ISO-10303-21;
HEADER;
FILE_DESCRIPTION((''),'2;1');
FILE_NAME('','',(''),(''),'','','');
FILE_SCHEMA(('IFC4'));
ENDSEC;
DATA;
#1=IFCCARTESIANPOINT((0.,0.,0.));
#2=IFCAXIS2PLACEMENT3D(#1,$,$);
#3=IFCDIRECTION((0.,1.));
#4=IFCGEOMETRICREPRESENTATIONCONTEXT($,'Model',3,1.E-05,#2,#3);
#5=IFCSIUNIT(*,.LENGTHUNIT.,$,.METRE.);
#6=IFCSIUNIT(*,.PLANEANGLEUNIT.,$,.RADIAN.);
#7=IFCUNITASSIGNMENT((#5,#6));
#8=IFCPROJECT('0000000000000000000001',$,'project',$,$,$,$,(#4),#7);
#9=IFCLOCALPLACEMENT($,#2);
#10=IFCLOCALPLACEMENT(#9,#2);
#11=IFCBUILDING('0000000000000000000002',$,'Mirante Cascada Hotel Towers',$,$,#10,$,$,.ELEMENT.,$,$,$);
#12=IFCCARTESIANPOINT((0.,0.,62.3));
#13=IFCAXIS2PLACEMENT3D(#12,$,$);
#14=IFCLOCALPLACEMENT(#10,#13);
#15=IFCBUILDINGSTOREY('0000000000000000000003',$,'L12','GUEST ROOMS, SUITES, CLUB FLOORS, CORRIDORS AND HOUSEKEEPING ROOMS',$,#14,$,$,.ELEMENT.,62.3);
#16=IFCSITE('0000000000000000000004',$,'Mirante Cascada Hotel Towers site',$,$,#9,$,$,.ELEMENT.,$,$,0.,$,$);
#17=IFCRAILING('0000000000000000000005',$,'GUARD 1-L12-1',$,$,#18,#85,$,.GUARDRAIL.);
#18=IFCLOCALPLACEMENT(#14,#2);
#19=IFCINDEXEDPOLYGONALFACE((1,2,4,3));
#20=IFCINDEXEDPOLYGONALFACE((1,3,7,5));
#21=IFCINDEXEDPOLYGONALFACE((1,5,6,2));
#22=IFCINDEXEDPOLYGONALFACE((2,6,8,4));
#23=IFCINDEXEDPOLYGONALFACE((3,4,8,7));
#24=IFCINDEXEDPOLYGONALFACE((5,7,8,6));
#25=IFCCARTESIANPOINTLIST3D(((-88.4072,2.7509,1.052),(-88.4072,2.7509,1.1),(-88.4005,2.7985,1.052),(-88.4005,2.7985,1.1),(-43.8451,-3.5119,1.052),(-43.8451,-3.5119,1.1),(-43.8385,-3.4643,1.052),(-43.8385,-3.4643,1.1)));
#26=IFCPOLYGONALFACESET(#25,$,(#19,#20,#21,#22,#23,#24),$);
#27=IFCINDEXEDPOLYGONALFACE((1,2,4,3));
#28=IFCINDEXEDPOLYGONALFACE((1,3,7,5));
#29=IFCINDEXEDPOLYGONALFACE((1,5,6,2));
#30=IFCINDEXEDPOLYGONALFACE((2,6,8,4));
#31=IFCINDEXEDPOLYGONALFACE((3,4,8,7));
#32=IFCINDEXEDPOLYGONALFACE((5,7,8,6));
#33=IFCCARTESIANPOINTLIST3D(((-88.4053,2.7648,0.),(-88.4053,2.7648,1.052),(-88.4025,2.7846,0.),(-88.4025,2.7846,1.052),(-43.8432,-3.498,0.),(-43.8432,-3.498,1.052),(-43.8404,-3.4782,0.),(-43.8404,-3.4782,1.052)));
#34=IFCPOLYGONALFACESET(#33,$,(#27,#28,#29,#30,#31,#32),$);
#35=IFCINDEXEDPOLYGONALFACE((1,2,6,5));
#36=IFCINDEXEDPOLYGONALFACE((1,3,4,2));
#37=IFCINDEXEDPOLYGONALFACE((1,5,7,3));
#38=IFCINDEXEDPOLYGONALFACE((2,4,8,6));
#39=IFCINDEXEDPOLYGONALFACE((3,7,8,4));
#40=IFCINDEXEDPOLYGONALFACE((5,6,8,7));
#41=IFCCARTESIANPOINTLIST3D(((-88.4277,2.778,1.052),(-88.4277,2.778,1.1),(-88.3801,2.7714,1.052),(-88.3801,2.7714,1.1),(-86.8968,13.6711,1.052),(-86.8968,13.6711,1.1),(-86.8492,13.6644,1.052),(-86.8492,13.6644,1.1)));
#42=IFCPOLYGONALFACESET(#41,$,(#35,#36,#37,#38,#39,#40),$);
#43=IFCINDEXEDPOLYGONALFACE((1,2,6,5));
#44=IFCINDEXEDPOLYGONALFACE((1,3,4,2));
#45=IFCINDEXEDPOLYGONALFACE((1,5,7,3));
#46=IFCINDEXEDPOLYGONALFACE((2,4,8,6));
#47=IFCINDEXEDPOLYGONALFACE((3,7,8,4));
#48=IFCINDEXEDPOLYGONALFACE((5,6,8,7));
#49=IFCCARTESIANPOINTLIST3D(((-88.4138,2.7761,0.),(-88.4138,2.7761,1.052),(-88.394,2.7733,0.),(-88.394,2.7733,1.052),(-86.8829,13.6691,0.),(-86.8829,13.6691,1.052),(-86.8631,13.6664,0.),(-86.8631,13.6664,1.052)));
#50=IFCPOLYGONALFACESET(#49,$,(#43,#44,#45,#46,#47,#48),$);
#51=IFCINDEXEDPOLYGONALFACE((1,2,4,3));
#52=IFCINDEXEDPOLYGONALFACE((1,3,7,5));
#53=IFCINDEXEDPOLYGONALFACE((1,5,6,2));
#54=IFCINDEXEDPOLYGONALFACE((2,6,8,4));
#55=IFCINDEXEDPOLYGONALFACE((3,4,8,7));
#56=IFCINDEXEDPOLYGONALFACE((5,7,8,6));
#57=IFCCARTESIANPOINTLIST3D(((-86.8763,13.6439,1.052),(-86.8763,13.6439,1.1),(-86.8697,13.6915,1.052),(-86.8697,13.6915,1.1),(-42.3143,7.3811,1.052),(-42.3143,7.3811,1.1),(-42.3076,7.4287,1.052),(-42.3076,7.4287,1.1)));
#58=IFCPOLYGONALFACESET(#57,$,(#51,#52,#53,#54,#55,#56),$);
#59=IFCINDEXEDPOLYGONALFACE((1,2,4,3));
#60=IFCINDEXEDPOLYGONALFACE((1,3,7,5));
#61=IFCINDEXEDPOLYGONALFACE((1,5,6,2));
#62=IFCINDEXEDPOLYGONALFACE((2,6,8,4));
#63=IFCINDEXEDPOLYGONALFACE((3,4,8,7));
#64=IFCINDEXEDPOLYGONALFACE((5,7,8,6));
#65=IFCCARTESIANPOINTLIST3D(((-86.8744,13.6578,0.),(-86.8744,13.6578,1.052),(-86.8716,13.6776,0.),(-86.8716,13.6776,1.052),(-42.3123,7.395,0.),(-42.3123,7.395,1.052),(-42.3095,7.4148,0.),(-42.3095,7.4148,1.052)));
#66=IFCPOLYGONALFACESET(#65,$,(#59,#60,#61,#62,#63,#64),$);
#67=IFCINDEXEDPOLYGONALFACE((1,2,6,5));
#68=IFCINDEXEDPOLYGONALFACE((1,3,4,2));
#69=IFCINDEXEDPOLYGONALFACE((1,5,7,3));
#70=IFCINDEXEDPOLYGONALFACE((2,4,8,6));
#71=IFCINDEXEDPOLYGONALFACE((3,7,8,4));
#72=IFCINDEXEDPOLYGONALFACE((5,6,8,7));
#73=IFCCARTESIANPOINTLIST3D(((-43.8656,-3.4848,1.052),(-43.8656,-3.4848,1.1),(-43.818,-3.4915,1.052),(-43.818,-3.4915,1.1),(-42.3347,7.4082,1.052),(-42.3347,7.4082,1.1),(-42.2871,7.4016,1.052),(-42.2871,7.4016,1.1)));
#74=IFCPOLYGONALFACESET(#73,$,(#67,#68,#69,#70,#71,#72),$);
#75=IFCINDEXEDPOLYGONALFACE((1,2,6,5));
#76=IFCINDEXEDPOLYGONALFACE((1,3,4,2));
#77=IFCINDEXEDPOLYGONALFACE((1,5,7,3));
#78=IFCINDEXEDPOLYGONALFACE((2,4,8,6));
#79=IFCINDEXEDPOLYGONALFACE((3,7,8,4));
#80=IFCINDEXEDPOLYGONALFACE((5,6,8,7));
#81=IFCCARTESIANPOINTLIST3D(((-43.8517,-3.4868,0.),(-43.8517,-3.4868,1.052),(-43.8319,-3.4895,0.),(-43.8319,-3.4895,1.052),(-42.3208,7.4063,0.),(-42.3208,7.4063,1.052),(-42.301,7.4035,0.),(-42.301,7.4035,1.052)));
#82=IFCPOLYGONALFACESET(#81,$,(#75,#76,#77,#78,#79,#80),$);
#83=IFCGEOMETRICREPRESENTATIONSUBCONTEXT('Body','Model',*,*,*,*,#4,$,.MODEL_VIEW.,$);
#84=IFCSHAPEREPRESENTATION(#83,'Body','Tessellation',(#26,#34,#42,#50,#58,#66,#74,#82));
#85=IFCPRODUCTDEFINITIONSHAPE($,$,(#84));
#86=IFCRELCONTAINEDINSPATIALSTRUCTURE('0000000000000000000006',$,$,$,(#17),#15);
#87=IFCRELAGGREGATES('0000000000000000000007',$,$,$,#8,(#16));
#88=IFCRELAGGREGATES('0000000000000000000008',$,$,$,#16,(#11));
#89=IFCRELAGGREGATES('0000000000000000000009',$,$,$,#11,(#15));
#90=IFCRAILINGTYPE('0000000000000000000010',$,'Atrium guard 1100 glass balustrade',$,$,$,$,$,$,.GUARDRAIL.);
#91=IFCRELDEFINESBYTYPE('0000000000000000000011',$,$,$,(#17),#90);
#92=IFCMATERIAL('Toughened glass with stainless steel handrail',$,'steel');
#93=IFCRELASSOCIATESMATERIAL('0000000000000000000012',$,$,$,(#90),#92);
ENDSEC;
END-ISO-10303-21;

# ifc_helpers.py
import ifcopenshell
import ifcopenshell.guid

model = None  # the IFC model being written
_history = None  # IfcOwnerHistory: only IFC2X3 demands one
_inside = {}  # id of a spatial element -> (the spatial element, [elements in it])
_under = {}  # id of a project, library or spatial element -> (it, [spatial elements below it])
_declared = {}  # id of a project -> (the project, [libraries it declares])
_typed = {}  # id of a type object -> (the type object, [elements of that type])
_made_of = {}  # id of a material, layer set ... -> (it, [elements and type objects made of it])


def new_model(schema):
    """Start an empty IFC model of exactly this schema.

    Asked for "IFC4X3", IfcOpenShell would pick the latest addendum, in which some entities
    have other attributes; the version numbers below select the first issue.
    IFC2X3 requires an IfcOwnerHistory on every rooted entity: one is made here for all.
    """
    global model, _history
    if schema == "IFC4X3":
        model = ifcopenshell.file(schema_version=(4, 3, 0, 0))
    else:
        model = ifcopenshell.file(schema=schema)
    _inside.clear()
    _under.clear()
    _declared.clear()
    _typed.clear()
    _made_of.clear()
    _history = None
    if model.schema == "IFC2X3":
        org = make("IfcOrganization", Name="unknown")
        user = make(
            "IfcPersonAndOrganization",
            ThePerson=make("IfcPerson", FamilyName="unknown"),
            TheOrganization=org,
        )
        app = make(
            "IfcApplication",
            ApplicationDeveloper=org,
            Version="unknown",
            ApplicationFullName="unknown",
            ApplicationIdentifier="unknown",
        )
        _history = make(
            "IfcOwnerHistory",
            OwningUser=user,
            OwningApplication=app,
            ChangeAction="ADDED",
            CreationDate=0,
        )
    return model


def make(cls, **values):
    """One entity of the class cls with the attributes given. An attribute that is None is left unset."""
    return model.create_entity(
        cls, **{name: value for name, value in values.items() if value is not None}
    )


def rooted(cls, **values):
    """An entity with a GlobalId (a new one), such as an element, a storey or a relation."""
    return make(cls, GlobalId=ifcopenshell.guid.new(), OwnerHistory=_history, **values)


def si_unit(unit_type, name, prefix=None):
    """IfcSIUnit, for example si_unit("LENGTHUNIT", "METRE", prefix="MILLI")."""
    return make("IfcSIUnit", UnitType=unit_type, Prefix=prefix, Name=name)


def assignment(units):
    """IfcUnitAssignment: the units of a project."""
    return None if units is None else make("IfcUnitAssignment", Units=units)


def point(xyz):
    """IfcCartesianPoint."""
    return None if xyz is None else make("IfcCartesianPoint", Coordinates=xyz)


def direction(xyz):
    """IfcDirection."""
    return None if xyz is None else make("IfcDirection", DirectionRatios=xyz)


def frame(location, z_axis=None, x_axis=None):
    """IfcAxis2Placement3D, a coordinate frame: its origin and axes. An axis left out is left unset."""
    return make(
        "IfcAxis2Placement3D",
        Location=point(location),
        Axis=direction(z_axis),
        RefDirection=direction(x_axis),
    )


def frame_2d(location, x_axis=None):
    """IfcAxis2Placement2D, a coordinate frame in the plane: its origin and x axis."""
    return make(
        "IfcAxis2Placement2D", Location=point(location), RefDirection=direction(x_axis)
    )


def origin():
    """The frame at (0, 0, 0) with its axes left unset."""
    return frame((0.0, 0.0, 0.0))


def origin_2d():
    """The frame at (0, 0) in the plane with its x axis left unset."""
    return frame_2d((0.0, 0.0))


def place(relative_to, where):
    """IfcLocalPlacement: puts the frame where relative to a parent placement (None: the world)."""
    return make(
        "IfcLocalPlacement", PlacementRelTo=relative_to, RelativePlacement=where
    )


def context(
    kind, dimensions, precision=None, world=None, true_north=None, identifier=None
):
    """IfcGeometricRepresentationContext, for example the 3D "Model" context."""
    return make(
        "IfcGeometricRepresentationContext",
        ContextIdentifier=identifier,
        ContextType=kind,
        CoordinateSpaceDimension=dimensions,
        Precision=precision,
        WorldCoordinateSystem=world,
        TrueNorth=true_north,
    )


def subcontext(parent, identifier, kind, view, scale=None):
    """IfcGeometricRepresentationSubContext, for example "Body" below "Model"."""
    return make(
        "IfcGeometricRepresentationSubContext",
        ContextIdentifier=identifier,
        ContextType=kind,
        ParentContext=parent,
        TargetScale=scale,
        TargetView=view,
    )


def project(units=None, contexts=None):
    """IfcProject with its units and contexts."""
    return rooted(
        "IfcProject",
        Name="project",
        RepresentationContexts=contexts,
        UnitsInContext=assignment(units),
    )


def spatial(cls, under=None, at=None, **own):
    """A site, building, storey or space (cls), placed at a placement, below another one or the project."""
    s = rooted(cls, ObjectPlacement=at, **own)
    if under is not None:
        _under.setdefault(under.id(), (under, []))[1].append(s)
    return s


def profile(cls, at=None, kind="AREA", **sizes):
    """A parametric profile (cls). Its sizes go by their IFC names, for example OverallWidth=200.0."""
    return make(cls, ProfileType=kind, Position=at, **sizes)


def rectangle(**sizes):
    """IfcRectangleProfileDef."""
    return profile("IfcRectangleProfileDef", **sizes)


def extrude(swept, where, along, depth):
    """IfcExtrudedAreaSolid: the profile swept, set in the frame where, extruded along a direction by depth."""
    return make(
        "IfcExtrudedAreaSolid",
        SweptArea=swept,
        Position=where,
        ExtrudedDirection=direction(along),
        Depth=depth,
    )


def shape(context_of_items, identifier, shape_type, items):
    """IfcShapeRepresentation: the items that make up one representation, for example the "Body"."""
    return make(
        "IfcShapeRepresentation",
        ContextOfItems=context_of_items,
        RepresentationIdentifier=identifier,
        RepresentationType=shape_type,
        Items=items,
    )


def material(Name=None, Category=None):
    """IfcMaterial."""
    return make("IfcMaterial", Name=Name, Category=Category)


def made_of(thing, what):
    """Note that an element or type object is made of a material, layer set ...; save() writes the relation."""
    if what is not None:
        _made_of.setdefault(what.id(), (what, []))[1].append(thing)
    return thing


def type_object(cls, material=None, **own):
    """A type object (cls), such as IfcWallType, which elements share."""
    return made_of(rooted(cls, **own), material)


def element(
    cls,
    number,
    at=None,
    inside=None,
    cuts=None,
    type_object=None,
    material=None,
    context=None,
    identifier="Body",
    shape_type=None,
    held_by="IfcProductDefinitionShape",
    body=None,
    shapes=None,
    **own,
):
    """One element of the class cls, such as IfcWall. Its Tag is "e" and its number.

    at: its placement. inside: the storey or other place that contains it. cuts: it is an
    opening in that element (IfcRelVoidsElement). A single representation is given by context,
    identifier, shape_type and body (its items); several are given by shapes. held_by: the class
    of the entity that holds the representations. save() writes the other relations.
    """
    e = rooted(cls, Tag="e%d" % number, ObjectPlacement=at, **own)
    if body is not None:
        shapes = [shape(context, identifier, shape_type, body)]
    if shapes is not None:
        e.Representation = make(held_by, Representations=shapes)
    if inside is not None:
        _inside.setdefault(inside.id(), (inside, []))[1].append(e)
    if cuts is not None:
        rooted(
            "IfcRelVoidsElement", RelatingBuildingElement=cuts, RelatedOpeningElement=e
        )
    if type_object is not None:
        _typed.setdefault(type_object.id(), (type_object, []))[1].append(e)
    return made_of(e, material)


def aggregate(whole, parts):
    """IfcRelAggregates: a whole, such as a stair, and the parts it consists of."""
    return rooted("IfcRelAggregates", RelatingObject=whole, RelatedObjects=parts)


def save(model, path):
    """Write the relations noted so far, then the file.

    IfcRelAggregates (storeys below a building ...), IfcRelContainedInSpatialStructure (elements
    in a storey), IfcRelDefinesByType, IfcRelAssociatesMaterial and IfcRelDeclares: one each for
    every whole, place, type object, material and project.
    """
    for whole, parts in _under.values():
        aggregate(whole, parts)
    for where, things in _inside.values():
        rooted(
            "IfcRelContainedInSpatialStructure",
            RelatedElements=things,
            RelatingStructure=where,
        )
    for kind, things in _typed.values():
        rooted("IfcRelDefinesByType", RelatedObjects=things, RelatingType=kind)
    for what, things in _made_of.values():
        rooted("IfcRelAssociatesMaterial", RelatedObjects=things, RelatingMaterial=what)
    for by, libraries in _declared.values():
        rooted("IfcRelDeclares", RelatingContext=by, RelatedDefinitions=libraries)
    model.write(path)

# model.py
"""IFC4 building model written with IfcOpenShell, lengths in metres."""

from ifc_helpers import new_model, si_unit, direction, frame, origin, origin_2d, place, context, subcontext, project, spatial, rectangle, extrude, material, type_object, element, save


model = new_model("IFC4")

# Units and contexts
model_context = context("Model", 3, precision=1e-05, world=origin(), true_north=direction((0.0, 1.0)))
body_context = subcontext(model_context, "Body", "Model", "MODEL_VIEW")
ifc_project = project(units=[si_unit("LENGTHUNIT", "METRE"), si_unit("PLANEANGLEUNIT", "RADIAN")], contexts=[model_context])

# Site, building, storey
site_placement = place(None, origin())
site = spatial("IfcSite", under=ifc_project, at=site_placement, Name="Mirante Cascada Hotel Towers site", CompositionType="ELEMENT", RefElevation=0.0)
building_placement = place(site_placement, origin())
building = spatial("IfcBuilding", under=site, at=building_placement, Name="Mirante Cascada Hotel Towers", CompositionType="ELEMENT")
storey_placement = place(building_placement, frame((0.0, 0.0, 62.3)))
storey = spatial("IfcBuildingStorey", under=building, at=storey_placement, Name="L12", Description="GUEST ROOMS, SUITES, CLUB FLOORS, CORRIDORS AND HOUSEKEEPING ROOMS", CompositionType="ELEMENT", Elevation=62.3)

# Railing
ifc_material_1 = material(Name="Toughened glass with stainless steel handrail", Category="steel")
railing_type = type_object("IfcRailingType", Name="Atrium guard 1100 glass balustrade", PredefinedType="GUARDRAIL", material=ifc_material_1)
railing_placement = place(storey_placement, frame((-43.8418, -3.4881, 0.0)))
element("IfcRailing", 1, at=railing_placement, inside=storey, type_object=railing_type, Name="GUARD 1-L12-1", PredefinedType="GUARDRAIL", context=body_context, shape_type="SweptSolid", body=[
    extrude(rectangle(XDim=0.048, YDim=0.048, at=origin_2d()), frame((0.0, 0.0, 1.076), z_axis=(-0.990268, 0.139173, 0.0), x_axis=(-0.139173, -0.990268, 0.0)), (0.0, 0.0, 1.0), 45.0),
    extrude(rectangle(XDim=0.02, YDim=1.052, at=origin_2d()), frame((0.0, 0.0, 0.526), z_axis=(-0.990268, 0.139173, 0.0), x_axis=(-0.139173, -0.990268, 0.0)), (0.0, 0.0, 1.0), 45.0),
    extrude(rectangle(XDim=0.048, YDim=0.048, at=origin_2d()), frame((-44.5621, 6.2628, 1.076), z_axis=(0.139172, 0.990268, 0.0), x_axis=(-0.990268, 0.139172, 0.0)), (0.0, 0.0, 1.0), 11.0001),
    extrude(rectangle(XDim=0.02, YDim=1.052, at=origin_2d()), frame((-44.5621, 6.2628, 0.526), z_axis=(0.139172, 0.990268, 0.0), x_axis=(-0.990268, 0.139172, 0.0)), (0.0, 0.0, 1.0), 11.0001),
    extrude(rectangle(XDim=0.048, YDim=0.048, at=origin_2d()), frame((-43.0312, 17.1558, 1.076), z_axis=(0.990268, -0.139173, 0.0), x_axis=(0.139173, 0.990268, 0.0)), (0.0, 0.0, 1.0), 45.0),
    extrude(rectangle(XDim=0.02, YDim=1.052, at=origin_2d()), frame((-43.0312, 17.1558, 0.526), z_axis=(0.990268, -0.139173, 0.0), x_axis=(0.139173, 0.990268, 0.0)), (0.0, 0.0, 1.0), 45.0),
    extrude(rectangle(XDim=0.048, YDim=0.048, at=origin_2d()), frame((1.5309, 10.893, 1.076), z_axis=(-0.139172, -0.990268, 0.0), x_axis=(0.990268, -0.139172, 0.0)), (0.0, 0.0, 1.0), 11.0001),
    extrude(rectangle(XDim=0.02, YDim=1.052, at=origin_2d()), frame((1.5309, 10.893, 0.526), z_axis=(-0.139172, -0.990268, 0.0), x_axis=(0.990268, -0.139172, 0.0)), (0.0, 0.0, 1.0), 11.0001),
])

save(model, "model.ifc")
